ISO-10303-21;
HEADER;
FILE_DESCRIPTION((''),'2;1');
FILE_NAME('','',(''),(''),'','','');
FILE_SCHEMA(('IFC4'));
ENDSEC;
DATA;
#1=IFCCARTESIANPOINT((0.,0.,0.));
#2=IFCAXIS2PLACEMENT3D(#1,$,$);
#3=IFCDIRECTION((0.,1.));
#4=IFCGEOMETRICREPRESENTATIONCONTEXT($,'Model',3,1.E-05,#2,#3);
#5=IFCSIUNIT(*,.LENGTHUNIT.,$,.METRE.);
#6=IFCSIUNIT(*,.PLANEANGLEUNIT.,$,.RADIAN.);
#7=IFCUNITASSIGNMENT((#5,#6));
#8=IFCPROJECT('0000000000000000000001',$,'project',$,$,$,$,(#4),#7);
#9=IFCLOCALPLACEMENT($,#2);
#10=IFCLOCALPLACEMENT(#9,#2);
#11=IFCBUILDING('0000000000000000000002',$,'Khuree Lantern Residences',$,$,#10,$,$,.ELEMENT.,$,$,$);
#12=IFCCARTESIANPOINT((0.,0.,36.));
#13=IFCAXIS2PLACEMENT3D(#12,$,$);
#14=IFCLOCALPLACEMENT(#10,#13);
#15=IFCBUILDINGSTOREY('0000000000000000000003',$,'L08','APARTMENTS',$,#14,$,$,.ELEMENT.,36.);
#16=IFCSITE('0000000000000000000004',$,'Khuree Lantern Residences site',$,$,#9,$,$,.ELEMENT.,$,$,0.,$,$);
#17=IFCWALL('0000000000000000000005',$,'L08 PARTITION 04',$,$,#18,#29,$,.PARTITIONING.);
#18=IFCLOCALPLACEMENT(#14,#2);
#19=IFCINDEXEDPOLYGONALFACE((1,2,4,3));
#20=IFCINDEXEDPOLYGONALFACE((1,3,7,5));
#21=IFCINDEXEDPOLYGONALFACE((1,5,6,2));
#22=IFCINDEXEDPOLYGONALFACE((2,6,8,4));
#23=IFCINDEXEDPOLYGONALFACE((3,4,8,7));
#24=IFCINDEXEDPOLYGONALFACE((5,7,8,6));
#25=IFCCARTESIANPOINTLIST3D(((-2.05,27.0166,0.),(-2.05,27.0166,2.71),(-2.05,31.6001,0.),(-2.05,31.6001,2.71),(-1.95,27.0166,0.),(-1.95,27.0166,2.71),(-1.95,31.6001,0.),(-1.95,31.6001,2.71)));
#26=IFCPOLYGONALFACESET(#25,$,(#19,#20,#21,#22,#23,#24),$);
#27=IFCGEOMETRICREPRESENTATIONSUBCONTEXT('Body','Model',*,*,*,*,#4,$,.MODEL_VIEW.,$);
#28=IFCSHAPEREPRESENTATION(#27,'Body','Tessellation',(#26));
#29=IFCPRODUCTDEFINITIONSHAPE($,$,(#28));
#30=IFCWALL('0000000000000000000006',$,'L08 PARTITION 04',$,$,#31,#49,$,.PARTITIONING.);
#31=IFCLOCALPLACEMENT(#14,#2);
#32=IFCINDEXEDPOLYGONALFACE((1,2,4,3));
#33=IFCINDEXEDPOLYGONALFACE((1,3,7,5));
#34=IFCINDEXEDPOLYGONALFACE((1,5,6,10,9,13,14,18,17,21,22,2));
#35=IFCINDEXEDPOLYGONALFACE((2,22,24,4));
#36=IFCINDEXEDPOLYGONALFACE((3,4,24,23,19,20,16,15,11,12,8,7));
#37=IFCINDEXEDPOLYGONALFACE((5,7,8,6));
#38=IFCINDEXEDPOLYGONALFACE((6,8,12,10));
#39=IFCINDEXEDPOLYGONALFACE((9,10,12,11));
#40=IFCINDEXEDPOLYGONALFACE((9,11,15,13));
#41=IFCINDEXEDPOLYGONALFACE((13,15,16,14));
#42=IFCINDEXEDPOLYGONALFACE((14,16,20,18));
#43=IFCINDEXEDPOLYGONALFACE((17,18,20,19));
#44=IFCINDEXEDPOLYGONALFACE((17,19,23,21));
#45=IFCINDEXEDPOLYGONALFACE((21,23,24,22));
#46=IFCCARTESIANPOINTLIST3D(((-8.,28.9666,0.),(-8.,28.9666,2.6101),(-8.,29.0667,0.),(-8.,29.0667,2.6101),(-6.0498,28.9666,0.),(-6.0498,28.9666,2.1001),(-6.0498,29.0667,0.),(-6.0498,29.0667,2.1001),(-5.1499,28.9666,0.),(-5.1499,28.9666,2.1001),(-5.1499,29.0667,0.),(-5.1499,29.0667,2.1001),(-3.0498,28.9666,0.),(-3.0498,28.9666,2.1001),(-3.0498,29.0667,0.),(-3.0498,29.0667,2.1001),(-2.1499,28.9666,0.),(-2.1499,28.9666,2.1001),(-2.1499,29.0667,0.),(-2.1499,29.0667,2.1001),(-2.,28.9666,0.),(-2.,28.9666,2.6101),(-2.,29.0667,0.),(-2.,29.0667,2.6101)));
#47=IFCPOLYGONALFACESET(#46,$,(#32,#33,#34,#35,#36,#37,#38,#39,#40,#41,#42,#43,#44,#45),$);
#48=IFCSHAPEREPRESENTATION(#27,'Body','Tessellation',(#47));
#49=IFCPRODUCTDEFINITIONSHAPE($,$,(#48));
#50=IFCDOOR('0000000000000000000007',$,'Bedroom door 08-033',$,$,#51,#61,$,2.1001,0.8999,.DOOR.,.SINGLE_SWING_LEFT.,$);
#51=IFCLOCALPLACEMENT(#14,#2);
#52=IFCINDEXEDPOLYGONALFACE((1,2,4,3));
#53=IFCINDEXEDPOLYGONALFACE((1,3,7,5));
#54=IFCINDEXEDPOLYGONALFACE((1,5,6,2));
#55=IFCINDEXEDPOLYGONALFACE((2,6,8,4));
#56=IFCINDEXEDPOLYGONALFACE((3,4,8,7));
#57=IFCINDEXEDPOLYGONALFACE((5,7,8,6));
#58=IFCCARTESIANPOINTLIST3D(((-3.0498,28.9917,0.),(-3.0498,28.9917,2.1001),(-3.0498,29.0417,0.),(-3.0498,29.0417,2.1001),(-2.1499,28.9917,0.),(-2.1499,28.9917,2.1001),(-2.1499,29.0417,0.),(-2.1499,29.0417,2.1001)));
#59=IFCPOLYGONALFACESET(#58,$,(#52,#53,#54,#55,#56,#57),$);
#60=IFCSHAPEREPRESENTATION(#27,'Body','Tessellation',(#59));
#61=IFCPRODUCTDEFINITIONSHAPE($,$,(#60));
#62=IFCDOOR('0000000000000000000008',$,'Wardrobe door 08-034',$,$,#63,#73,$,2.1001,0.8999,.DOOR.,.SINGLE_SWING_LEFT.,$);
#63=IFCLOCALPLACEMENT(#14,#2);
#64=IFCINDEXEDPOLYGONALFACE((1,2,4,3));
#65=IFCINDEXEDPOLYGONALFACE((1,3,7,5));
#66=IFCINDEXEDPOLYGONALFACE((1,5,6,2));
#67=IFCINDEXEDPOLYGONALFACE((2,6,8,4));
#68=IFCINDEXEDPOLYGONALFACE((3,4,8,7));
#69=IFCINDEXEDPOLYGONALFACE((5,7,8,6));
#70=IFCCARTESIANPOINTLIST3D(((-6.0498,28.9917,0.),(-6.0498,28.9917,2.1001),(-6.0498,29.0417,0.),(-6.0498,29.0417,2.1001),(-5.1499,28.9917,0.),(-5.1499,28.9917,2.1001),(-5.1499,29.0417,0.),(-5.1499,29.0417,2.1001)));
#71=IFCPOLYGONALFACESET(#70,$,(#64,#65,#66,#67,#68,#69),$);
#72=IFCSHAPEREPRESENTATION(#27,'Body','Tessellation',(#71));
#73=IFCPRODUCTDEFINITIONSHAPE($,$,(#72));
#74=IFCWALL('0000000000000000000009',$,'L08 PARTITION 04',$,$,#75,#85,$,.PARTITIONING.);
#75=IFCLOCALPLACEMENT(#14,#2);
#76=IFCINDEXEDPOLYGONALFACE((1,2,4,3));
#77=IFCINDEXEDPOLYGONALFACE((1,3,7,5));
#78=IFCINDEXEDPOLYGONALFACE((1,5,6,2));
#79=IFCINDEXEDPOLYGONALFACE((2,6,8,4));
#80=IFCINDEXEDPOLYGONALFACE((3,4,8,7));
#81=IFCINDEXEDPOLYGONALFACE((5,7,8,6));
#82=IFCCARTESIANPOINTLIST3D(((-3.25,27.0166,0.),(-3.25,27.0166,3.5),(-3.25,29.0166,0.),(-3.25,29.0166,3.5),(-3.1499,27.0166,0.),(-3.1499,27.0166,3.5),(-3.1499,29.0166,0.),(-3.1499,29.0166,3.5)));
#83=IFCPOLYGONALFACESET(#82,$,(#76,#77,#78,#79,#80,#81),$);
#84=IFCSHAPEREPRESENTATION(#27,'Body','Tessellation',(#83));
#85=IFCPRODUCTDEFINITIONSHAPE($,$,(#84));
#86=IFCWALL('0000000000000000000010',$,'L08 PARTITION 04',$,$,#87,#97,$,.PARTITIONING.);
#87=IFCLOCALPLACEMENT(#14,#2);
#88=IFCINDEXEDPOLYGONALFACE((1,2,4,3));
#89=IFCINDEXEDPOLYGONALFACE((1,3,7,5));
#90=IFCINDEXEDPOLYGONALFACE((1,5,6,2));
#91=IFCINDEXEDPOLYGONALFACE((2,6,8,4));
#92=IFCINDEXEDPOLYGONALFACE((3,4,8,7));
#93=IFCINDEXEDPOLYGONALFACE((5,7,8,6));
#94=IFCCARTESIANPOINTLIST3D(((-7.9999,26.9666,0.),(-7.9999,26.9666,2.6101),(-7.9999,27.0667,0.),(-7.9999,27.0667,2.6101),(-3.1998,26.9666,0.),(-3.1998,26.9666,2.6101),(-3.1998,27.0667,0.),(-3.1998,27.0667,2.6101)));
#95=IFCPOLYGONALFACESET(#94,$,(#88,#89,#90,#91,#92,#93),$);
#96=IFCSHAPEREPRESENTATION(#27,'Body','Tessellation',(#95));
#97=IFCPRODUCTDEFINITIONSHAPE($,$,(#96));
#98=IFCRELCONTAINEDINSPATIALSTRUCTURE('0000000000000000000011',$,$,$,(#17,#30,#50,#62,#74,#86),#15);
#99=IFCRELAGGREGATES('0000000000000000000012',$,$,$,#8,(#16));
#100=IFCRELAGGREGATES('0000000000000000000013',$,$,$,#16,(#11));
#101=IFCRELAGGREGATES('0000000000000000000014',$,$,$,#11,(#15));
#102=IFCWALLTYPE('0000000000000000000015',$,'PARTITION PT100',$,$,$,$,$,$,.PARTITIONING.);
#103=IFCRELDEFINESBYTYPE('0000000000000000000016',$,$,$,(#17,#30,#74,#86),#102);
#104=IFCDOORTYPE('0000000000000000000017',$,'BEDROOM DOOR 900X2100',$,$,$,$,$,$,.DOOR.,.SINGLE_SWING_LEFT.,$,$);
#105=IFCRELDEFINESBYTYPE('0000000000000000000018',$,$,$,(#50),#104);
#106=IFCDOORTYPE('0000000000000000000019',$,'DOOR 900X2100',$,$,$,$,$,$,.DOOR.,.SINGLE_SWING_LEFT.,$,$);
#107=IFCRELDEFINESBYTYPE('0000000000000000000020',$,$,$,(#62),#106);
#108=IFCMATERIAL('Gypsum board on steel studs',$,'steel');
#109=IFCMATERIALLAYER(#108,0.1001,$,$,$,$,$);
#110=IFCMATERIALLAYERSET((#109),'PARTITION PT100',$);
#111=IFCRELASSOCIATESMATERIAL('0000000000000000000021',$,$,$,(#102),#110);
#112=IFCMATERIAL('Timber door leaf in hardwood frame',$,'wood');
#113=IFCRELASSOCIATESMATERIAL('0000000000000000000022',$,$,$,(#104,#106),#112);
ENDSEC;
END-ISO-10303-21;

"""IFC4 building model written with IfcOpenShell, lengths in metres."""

from ifc_helpers import new_model, si_unit, direction, frame, frame_2d, origin, place, context, subcontext, project, spatial, rectangle, extrude, material, layer, layer_set, type_object, element, fill, save


model = new_model("IFC4")

# Units and contexts
model_context = context("Model", 3, precision=1e-05, world=origin(), true_north=direction((0.0, 1.0)))
body_context = subcontext(model_context, "Body", "Model", "MODEL_VIEW")
ifc_project = project(units=[si_unit("LENGTHUNIT", "METRE"), si_unit("PLANEANGLEUNIT", "RADIAN")], contexts=[model_context])

# Site, building, storey
site_placement = place(None, origin())
site = spatial("IfcSite", under=ifc_project, at=site_placement, Name="Khuree Lantern Residences site", CompositionType="ELEMENT", RefElevation=0.0)
building_placement = place(site_placement, origin())
building = spatial("IfcBuilding", under=site, at=building_placement, Name="Khuree Lantern Residences", CompositionType="ELEMENT")
storey_placement = place(building_placement, frame((0.0, 0.0, 36.0)))
storey = spatial("IfcBuildingStorey", under=building, at=storey_placement, Name="L08", Description="APARTMENTS", CompositionType="ELEMENT", Elevation=36.0)

# Shared definitions
ifc_material_1 = material(Name="Timber door leaf in hardwood frame", Category="wood")

# Shared definitions
ifc_material_2 = material(Name="Gypsum board on steel studs", Category="steel")

# Wall
ifc_layer_1 = layer(ifc_material_2, 0.1001)
ifc_layer_set_1 = layer_set([ifc_layer_1], Name="PARTITION PT100")
wall_type_1 = type_object("IfcWallType", Name="PARTITION PT100", PredefinedType="PARTITIONING", material=ifc_layer_set_1)
wall_1_placement = place(storey_placement, frame((-2.0, 27.0166, 0.0), z_axis=(0.0, 0.0, 1.0), x_axis=(0.0, 1.0, 0.0)))
element("IfcWall", 1, at=wall_1_placement, inside=storey, type_object=wall_type_1, Name="L08 PARTITION 04", PredefinedType="PARTITIONING", context=body_context, shape_type="SweptSolid", body=[
    extrude(rectangle(XDim=4.5835, YDim=0.1001, at=frame_2d((2.2917, 0.0))), origin(), (0.0, 0.0, 1.0), 2.71),
])

# Wall, openings, doors
wall_2_placement = place(storey_placement, frame((-2.0, 29.0166, 0.0), z_axis=(0.0, 0.0, 1.0), x_axis=(-1.0, 0.0, 0.0)))
wall_2 = element("IfcWall", 2, at=wall_2_placement, inside=storey, type_object=wall_type_1, Name="L08 PARTITION 04", PredefinedType="PARTITIONING", context=body_context, shape_type="SweptSolid", body=[
    extrude(rectangle(XDim=6.0, YDim=0.1001, at=frame_2d((3.0, 0.0))), origin(), (0.0, 0.0, 1.0), 2.6101),
])
opening_1_placement = place(wall_2_placement, frame((0.1499, 0.0, 0.0)))
opening_1 = element("IfcOpeningElement", 3, at=opening_1_placement, cuts=wall_2, PredefinedType="OPENING", context=body_context, shape_type="SweptSolid", body=[
    extrude(rectangle(XDim=0.8999, YDim=2.1001, at=frame_2d((0.45, 1.05))), frame((0.0, 0.0601, 0.0), z_axis=(0.0, -1.0, 0.0), x_axis=(1.0, 0.0, 0.0)), (0.0, 0.0, 1.0), 0.1201),
])
opening_2_placement = place(wall_2_placement, frame((3.1499, 0.0, 0.0)))
opening_2 = element("IfcOpeningElement", 4, at=opening_2_placement, cuts=wall_2, PredefinedType="OPENING", context=body_context, shape_type="SweptSolid", body=[
    extrude(rectangle(XDim=0.8999, YDim=2.1001, at=frame_2d((0.45, 1.05))), frame((0.0, 0.0601, 0.0), z_axis=(0.0, -1.0, 0.0), x_axis=(1.0, 0.0, 0.0)), (0.0, 0.0, 1.0), 0.1201),
])
door_type_1 = type_object("IfcDoorType", Name="BEDROOM DOOR 900X2100", OperationType="SINGLE_SWING_LEFT", PredefinedType="DOOR", material=ifc_material_1)
door_1_placement = place(opening_1_placement, origin())
door_1 = element("IfcDoor", 5, at=door_1_placement, inside=storey, type_object=door_type_1, Name="Bedroom door 08-033", OperationType="SINGLE_SWING_LEFT", OverallHeight=2.1001, OverallWidth=0.8999, PredefinedType="DOOR", context=body_context, shape_type="SweptSolid", body=[
    extrude(rectangle(XDim=0.8999, YDim=2.1001, at=frame_2d((0.45, 1.05))), frame((0.0, 0.0249, 0.0), z_axis=(0.0, -1.0, 0.0), x_axis=(1.0, 0.0, 0.0)), (0.0, 0.0, 1.0), 0.05),
])
fill(opening_1, door_1)
door_type_2 = type_object("IfcDoorType", Name="DOOR 900X2100", OperationType="SINGLE_SWING_LEFT", PredefinedType="DOOR", material=ifc_material_1)
door_2_placement = place(opening_2_placement, origin())
door_2 = element("IfcDoor", 6, at=door_2_placement, inside=storey, type_object=door_type_2, Name="Wardrobe door 08-034", OperationType="SINGLE_SWING_LEFT", OverallHeight=2.1001, OverallWidth=0.8999, PredefinedType="DOOR", context=body_context, shape_type="SweptSolid", body=[
    extrude(rectangle(XDim=0.8999, YDim=2.1001, at=frame_2d((0.45, 1.05))), frame((0.0, 0.0249, 0.0), z_axis=(0.0, -1.0, 0.0), x_axis=(1.0, 0.0, 0.0)), (0.0, 0.0, 1.0), 0.05),
])
fill(opening_2, door_2)

# Walls
wall_3_placement = place(storey_placement, frame((-3.2, 27.0166, 0.0), z_axis=(0.0, 0.0, 1.0), x_axis=(0.0, 1.0, 0.0)))
element("IfcWall", 7, at=wall_3_placement, inside=storey, type_object=wall_type_1, Name="L08 PARTITION 04", PredefinedType="PARTITIONING", context=body_context, shape_type="SweptSolid", body=[
    extrude(rectangle(XDim=2.0, YDim=0.1001, at=frame_2d((1.0, 0.0))), origin(), (0.0, 0.0, 1.0), 3.5),
])
wall_4_placement = place(storey_placement, frame((-3.2, 27.0166, 0.0), z_axis=(0.0, 0.0, 1.0), x_axis=(-1.0, 0.0, 0.0)))
element("IfcWall", 8, at=wall_4_placement, inside=storey, type_object=wall_type_1, Name="L08 PARTITION 04", PredefinedType="PARTITIONING", context=body_context, shape_type="SweptSolid", body=[
    extrude(rectangle(XDim=4.8, YDim=0.1001, at=frame_2d((2.3999, 0.0))), origin(), (0.0, 0.0, 1.0), 2.6101),
])

save(model, "model.ifc")
